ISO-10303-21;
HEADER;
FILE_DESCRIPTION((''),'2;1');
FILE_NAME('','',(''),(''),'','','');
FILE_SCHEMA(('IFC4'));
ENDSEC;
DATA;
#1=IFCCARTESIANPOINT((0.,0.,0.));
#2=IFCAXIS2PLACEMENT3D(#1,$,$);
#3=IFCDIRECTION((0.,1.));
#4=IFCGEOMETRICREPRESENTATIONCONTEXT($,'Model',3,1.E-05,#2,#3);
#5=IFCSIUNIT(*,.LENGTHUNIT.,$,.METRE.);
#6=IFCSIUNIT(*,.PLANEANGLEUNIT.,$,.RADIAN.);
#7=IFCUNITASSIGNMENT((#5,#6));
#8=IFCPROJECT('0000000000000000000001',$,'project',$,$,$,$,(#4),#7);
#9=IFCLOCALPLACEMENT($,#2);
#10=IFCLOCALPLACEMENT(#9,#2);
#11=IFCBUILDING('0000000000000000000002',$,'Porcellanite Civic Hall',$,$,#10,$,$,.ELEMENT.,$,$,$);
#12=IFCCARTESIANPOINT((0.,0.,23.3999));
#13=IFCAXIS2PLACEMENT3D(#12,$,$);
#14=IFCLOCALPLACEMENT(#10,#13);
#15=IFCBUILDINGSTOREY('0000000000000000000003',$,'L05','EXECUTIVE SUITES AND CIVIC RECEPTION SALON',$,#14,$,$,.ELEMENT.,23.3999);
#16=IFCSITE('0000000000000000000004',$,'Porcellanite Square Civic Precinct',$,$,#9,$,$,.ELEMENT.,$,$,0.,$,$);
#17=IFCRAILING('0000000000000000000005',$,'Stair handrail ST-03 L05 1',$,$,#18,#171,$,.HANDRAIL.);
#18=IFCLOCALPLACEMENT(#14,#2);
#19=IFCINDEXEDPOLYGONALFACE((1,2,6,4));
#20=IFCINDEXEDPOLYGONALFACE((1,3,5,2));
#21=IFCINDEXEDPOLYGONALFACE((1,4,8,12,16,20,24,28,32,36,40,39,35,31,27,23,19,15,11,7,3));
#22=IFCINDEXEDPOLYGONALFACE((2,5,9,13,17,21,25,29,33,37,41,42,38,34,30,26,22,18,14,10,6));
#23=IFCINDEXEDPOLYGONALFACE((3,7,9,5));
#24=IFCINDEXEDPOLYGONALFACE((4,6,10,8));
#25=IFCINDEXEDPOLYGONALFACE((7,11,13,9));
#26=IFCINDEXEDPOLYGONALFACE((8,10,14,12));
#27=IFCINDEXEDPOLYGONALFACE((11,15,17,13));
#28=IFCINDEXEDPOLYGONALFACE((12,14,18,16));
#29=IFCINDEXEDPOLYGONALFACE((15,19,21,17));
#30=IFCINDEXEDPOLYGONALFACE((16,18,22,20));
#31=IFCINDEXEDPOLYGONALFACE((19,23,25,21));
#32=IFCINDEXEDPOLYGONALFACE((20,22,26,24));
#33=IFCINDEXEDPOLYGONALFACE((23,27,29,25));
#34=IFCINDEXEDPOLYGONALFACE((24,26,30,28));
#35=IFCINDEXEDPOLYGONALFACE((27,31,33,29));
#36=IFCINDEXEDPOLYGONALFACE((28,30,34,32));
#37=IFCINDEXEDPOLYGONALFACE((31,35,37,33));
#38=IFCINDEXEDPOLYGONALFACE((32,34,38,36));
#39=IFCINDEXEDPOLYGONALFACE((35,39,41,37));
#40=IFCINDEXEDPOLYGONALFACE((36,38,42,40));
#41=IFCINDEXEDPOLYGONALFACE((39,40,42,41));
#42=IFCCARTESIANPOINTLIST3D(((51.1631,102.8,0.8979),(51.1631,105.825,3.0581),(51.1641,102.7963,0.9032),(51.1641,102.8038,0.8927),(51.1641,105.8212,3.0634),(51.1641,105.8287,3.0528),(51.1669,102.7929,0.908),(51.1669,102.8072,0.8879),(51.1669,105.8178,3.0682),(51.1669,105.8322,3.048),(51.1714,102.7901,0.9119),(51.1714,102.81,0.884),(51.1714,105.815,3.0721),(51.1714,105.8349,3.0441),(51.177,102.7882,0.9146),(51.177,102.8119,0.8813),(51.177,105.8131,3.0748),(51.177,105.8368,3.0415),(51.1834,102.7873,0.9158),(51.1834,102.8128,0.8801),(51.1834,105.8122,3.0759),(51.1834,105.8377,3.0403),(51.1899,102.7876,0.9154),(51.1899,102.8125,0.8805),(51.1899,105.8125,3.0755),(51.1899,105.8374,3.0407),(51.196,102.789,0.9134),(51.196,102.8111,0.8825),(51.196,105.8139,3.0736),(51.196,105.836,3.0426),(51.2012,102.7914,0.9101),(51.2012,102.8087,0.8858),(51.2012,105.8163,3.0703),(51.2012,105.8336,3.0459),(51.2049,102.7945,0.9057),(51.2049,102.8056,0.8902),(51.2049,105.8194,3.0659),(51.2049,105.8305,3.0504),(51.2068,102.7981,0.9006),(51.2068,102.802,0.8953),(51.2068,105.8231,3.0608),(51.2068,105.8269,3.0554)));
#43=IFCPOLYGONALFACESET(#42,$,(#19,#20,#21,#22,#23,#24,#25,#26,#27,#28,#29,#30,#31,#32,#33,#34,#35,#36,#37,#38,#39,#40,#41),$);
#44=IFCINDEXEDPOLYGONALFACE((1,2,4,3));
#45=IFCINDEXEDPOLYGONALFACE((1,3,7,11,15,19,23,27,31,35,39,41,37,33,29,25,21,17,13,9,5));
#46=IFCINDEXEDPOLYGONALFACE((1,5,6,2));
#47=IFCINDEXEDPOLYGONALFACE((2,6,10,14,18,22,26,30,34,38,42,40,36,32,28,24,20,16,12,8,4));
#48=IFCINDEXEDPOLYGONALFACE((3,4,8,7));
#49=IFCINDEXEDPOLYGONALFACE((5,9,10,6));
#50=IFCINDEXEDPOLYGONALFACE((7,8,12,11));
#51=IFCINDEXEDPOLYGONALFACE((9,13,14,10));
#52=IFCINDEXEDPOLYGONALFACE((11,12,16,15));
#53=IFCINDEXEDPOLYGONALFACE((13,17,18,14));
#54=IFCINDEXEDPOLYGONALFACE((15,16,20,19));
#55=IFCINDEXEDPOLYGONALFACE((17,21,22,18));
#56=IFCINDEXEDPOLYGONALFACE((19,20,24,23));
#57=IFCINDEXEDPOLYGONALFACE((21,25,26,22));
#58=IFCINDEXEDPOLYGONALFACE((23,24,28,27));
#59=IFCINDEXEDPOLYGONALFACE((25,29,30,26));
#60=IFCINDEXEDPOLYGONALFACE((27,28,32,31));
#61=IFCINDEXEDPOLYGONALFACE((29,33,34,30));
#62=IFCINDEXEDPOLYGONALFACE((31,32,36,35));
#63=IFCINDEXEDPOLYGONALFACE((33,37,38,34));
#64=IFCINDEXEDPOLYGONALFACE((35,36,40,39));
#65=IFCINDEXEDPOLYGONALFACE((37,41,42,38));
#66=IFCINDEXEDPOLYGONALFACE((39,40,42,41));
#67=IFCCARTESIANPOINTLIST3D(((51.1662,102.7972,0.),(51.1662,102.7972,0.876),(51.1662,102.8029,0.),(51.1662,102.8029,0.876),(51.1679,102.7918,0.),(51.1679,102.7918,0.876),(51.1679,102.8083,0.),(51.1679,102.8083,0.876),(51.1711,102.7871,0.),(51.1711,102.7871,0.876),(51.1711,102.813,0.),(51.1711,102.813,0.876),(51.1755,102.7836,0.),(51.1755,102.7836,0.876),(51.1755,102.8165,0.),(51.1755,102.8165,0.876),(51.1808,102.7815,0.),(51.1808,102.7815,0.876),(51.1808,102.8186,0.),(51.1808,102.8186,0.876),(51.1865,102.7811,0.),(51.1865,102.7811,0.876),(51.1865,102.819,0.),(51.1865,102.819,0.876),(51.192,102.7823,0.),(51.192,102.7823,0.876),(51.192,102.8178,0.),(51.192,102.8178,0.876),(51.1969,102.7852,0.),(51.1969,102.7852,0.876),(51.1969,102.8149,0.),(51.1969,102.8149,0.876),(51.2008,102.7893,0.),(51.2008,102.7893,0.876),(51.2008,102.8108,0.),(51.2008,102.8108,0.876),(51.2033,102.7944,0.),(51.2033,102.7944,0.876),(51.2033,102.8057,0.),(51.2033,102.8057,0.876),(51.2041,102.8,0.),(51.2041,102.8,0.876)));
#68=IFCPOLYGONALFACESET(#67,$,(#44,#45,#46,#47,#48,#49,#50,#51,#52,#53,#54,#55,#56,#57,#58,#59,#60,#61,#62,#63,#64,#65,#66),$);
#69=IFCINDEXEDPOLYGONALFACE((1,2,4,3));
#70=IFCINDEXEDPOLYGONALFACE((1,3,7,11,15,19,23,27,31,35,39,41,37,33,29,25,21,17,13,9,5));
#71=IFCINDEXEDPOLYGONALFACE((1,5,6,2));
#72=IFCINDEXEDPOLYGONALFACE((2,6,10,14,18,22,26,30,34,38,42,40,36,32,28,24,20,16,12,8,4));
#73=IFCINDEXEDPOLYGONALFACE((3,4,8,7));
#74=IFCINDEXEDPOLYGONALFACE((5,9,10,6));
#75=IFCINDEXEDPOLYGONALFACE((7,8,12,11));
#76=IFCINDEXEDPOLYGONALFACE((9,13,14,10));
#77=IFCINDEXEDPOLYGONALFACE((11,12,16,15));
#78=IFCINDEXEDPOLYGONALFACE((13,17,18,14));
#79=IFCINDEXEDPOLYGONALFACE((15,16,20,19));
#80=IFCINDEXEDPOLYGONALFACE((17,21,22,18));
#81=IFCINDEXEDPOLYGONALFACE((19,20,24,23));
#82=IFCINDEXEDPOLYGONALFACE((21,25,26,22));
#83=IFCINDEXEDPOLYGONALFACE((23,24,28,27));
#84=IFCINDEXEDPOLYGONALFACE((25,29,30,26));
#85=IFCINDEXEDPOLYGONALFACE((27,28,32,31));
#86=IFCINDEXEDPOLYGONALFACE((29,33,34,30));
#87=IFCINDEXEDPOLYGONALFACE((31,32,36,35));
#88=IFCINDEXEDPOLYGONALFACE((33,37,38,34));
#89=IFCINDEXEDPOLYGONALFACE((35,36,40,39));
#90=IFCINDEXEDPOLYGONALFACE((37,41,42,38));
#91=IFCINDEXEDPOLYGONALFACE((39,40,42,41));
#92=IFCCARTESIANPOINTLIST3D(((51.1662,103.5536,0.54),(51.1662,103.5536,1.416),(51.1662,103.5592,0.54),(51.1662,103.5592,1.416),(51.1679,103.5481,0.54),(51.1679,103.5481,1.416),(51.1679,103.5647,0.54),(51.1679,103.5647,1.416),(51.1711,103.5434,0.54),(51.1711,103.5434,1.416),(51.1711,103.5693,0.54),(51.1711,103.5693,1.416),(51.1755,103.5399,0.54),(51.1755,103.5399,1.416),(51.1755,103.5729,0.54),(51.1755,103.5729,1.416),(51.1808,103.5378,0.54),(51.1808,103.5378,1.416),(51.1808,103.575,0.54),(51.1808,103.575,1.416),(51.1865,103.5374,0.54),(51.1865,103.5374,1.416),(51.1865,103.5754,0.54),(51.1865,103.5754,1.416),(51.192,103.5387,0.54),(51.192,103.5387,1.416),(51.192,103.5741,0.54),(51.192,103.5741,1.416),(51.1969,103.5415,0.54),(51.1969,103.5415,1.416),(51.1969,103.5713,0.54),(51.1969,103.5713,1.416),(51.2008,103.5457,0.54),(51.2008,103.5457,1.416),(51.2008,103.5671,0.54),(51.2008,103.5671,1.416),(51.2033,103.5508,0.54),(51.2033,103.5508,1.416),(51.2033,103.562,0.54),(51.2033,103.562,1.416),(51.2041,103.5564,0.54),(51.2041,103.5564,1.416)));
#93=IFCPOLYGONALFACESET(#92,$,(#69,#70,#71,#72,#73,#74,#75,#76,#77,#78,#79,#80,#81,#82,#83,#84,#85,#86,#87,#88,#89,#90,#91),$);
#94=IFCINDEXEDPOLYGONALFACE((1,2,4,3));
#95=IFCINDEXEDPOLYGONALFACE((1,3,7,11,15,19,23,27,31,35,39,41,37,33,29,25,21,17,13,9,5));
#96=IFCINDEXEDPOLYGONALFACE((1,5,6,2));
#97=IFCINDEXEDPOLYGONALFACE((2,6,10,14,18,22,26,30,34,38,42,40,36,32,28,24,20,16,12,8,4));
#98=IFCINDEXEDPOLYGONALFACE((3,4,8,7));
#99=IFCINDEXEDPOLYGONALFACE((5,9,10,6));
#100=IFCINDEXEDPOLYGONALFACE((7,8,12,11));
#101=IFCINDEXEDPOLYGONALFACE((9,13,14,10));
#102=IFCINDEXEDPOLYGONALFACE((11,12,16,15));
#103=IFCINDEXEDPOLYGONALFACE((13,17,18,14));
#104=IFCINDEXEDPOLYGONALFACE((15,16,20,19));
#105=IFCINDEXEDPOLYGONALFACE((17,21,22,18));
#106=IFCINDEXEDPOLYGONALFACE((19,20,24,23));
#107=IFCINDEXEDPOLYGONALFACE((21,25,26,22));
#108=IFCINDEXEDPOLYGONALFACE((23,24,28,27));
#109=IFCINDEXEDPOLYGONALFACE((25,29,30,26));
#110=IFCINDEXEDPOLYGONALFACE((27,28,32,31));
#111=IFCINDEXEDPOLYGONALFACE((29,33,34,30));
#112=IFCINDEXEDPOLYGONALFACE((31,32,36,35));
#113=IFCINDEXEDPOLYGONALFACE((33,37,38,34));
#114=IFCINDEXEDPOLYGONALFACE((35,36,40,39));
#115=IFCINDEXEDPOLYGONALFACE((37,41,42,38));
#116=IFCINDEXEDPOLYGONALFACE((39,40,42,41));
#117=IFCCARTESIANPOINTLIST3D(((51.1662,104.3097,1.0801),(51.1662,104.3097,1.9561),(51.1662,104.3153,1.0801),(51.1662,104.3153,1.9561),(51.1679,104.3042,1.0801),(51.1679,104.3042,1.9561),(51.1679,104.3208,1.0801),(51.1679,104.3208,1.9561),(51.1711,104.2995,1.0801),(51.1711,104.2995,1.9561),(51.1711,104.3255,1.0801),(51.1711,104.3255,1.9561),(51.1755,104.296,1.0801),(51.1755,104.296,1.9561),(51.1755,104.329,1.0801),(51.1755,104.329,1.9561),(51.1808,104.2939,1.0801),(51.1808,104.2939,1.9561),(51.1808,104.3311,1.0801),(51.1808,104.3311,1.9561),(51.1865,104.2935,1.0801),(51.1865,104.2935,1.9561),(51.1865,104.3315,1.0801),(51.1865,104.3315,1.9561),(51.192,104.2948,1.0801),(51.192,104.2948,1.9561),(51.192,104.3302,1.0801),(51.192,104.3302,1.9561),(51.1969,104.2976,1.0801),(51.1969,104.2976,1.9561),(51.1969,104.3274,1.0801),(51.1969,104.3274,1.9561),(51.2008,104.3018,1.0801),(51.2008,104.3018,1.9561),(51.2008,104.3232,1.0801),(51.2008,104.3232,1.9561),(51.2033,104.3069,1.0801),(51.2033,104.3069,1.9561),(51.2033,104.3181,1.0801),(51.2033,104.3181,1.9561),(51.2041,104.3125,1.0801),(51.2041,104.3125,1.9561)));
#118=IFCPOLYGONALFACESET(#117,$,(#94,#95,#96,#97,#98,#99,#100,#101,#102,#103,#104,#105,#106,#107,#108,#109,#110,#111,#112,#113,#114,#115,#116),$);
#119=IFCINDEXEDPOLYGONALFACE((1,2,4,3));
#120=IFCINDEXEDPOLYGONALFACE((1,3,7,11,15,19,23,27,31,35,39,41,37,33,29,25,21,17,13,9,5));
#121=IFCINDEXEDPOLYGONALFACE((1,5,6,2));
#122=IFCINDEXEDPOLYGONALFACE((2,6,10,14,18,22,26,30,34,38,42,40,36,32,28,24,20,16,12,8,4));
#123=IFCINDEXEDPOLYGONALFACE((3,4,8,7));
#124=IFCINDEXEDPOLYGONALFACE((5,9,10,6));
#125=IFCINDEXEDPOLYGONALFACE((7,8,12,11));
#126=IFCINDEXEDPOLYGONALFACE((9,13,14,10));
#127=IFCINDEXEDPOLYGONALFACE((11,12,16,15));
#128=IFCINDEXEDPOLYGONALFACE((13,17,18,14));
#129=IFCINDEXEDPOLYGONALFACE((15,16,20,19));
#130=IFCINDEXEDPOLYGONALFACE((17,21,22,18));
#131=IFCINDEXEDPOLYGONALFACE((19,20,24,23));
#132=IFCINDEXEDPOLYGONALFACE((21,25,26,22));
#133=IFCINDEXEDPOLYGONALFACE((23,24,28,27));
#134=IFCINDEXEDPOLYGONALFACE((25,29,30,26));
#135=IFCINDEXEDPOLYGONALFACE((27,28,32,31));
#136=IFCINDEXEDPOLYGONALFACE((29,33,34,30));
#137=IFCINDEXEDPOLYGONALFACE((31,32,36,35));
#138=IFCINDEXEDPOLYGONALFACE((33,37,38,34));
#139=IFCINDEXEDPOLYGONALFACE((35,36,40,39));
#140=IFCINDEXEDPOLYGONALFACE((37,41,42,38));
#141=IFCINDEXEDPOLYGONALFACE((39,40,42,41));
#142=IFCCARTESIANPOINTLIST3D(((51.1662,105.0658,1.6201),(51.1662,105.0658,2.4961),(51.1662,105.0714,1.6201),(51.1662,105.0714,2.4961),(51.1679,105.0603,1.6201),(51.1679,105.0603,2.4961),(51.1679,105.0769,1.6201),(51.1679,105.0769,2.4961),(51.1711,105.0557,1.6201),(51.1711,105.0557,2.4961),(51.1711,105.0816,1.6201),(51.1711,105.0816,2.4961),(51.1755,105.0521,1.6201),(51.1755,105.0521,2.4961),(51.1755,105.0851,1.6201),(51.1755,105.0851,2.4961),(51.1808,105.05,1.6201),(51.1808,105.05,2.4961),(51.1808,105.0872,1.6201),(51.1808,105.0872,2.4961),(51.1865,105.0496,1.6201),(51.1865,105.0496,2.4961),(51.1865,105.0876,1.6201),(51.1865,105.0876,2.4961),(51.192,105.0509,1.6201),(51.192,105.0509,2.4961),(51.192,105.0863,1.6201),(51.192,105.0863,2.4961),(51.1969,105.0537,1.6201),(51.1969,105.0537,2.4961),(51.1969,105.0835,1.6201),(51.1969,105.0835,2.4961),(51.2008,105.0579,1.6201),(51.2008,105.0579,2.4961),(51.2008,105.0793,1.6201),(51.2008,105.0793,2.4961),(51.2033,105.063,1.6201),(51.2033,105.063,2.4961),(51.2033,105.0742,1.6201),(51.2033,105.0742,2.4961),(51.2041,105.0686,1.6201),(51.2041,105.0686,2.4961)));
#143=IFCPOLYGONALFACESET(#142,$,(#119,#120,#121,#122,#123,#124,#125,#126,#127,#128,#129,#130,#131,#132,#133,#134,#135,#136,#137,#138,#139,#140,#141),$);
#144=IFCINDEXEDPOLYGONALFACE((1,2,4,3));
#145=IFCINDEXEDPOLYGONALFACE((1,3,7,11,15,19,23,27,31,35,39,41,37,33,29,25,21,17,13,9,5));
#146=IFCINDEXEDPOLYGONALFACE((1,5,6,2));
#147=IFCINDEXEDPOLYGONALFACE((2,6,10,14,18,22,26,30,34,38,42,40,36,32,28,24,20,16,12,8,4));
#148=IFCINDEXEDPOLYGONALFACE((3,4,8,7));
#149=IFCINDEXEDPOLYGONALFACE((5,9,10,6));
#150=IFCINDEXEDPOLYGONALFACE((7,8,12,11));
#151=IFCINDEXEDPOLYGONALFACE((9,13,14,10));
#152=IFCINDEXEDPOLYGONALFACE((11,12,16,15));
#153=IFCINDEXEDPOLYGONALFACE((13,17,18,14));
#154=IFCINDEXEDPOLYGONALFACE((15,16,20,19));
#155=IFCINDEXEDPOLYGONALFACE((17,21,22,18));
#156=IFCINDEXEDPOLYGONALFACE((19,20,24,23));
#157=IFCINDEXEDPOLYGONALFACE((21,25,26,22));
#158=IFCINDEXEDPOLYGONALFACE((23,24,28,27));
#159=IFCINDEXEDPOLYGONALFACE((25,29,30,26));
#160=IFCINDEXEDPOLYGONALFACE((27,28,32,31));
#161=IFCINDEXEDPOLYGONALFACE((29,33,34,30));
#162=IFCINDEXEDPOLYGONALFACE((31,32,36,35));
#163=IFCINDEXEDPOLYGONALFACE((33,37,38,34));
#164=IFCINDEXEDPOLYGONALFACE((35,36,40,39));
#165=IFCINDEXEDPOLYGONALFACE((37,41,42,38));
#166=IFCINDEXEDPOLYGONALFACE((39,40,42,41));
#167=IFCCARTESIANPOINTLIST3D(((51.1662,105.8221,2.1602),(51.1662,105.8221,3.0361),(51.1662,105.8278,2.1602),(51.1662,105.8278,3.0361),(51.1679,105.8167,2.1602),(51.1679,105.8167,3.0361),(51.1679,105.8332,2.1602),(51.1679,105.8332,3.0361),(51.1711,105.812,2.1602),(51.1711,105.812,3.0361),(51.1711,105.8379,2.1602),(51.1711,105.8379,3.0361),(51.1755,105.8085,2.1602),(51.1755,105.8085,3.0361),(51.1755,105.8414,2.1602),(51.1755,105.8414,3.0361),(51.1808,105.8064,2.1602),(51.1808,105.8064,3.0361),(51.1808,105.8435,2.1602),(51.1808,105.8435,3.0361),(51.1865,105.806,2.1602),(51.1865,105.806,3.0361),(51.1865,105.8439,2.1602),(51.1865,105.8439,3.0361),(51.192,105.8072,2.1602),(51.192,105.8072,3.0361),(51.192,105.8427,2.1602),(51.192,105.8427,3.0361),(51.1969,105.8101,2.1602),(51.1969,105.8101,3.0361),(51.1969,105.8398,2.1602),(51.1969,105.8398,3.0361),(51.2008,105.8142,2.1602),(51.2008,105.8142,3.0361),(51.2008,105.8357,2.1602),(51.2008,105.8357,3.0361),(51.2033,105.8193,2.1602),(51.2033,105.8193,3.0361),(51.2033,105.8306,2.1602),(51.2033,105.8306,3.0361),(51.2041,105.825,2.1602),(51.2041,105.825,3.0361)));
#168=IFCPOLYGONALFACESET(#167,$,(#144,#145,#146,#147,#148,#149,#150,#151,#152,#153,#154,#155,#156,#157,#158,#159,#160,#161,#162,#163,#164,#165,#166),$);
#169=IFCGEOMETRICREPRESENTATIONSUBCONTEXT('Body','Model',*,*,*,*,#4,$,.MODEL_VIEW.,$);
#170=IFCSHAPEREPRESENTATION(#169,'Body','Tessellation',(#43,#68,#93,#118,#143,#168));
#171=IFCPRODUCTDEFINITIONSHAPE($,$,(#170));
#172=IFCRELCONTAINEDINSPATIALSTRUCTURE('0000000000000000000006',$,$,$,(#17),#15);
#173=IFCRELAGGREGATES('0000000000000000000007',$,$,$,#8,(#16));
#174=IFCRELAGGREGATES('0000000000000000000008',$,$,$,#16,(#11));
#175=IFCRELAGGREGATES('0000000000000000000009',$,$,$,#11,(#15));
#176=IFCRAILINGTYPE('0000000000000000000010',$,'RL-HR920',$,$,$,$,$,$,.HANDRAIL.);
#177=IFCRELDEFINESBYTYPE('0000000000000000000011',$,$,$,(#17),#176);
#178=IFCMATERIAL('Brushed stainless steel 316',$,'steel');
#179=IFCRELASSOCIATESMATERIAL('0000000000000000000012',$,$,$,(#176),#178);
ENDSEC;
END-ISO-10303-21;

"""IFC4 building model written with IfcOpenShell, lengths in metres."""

from ifc_helpers import new_model, si_unit, direction, frame, origin, origin_2d, place, context, subcontext, project, spatial, circle, extrude, material, type_object, element, save


model = new_model("IFC4")

# Units and contexts
model_context = context("Model", 3, precision=1e-05, world=origin(), true_north=direction((0.0, 1.0)))
body_context = subcontext(model_context, "Body", "Model", "MODEL_VIEW")
ifc_project = project(units=[si_unit("LENGTHUNIT", "METRE"), si_unit("PLANEANGLEUNIT", "RADIAN")], contexts=[model_context])

# Site, building, storey
site_placement = place(None, origin())
site = spatial("IfcSite", under=ifc_project, at=site_placement, Name="Porcellanite Square Civic Precinct", CompositionType="ELEMENT", RefElevation=0.0)
building_placement = place(site_placement, origin())
building = spatial("IfcBuilding", under=site, at=building_placement, Name="Porcellanite Civic Hall", CompositionType="ELEMENT")
storey_placement = place(building_placement, frame((0.0, 0.0, 23.3999)))
storey = spatial("IfcBuildingStorey", under=building, at=storey_placement, Name="L05", Description="EXECUTIVE SUITES AND CIVIC RECEPTION SALON", CompositionType="ELEMENT", Elevation=23.3999)

# Railing
ifc_material_1 = material(Name="Brushed stainless steel 316", Category="steel")
railing_type_1 = type_object("IfcRailingType", Name="RL-HR920", PredefinedType="HANDRAIL", material=ifc_material_1)
railing_1_placement = place(storey_placement, frame((51.1851, 102.8, 0.0)))
element("IfcRailing", 1, at=railing_1_placement, inside=storey, type_object=railing_type_1, Name="Stair handrail ST-03 L05 1", PredefinedType="HANDRAIL", context=body_context, shape_type="SweptSolid", body=[
    extrude(circle(Radius=0.022, at=origin_2d()), frame((0.0, 0.0, 0.8979), z_axis=(0.0, 0.813796, 0.581151), x_axis=(-1.0, 0.0, 0.0)), (0.0, 0.0, 1.0), 3.717),
    extrude(circle(Radius=0.019, at=origin_2d()), origin(), (0.0, 0.0, 1.0), 0.876),
    extrude(circle(Radius=0.019, at=origin_2d()), frame((0.0, 0.7563, 0.54)), (0.0, 0.0, 1.0), 0.876),
    extrude(circle(Radius=0.019, at=origin_2d()), frame((0.0, 1.5125, 1.0801)), (0.0, 0.0, 1.0), 0.876),
    extrude(circle(Radius=0.019, at=origin_2d()), frame((0.0, 2.2686, 1.6201)), (0.0, 0.0, 1.0), 0.876),
    extrude(circle(Radius=0.019, at=origin_2d()), frame((0.0, 3.0249, 2.1602)), (0.0, 0.0, 1.0), 0.876),
])

save(model, "model.ifc")
